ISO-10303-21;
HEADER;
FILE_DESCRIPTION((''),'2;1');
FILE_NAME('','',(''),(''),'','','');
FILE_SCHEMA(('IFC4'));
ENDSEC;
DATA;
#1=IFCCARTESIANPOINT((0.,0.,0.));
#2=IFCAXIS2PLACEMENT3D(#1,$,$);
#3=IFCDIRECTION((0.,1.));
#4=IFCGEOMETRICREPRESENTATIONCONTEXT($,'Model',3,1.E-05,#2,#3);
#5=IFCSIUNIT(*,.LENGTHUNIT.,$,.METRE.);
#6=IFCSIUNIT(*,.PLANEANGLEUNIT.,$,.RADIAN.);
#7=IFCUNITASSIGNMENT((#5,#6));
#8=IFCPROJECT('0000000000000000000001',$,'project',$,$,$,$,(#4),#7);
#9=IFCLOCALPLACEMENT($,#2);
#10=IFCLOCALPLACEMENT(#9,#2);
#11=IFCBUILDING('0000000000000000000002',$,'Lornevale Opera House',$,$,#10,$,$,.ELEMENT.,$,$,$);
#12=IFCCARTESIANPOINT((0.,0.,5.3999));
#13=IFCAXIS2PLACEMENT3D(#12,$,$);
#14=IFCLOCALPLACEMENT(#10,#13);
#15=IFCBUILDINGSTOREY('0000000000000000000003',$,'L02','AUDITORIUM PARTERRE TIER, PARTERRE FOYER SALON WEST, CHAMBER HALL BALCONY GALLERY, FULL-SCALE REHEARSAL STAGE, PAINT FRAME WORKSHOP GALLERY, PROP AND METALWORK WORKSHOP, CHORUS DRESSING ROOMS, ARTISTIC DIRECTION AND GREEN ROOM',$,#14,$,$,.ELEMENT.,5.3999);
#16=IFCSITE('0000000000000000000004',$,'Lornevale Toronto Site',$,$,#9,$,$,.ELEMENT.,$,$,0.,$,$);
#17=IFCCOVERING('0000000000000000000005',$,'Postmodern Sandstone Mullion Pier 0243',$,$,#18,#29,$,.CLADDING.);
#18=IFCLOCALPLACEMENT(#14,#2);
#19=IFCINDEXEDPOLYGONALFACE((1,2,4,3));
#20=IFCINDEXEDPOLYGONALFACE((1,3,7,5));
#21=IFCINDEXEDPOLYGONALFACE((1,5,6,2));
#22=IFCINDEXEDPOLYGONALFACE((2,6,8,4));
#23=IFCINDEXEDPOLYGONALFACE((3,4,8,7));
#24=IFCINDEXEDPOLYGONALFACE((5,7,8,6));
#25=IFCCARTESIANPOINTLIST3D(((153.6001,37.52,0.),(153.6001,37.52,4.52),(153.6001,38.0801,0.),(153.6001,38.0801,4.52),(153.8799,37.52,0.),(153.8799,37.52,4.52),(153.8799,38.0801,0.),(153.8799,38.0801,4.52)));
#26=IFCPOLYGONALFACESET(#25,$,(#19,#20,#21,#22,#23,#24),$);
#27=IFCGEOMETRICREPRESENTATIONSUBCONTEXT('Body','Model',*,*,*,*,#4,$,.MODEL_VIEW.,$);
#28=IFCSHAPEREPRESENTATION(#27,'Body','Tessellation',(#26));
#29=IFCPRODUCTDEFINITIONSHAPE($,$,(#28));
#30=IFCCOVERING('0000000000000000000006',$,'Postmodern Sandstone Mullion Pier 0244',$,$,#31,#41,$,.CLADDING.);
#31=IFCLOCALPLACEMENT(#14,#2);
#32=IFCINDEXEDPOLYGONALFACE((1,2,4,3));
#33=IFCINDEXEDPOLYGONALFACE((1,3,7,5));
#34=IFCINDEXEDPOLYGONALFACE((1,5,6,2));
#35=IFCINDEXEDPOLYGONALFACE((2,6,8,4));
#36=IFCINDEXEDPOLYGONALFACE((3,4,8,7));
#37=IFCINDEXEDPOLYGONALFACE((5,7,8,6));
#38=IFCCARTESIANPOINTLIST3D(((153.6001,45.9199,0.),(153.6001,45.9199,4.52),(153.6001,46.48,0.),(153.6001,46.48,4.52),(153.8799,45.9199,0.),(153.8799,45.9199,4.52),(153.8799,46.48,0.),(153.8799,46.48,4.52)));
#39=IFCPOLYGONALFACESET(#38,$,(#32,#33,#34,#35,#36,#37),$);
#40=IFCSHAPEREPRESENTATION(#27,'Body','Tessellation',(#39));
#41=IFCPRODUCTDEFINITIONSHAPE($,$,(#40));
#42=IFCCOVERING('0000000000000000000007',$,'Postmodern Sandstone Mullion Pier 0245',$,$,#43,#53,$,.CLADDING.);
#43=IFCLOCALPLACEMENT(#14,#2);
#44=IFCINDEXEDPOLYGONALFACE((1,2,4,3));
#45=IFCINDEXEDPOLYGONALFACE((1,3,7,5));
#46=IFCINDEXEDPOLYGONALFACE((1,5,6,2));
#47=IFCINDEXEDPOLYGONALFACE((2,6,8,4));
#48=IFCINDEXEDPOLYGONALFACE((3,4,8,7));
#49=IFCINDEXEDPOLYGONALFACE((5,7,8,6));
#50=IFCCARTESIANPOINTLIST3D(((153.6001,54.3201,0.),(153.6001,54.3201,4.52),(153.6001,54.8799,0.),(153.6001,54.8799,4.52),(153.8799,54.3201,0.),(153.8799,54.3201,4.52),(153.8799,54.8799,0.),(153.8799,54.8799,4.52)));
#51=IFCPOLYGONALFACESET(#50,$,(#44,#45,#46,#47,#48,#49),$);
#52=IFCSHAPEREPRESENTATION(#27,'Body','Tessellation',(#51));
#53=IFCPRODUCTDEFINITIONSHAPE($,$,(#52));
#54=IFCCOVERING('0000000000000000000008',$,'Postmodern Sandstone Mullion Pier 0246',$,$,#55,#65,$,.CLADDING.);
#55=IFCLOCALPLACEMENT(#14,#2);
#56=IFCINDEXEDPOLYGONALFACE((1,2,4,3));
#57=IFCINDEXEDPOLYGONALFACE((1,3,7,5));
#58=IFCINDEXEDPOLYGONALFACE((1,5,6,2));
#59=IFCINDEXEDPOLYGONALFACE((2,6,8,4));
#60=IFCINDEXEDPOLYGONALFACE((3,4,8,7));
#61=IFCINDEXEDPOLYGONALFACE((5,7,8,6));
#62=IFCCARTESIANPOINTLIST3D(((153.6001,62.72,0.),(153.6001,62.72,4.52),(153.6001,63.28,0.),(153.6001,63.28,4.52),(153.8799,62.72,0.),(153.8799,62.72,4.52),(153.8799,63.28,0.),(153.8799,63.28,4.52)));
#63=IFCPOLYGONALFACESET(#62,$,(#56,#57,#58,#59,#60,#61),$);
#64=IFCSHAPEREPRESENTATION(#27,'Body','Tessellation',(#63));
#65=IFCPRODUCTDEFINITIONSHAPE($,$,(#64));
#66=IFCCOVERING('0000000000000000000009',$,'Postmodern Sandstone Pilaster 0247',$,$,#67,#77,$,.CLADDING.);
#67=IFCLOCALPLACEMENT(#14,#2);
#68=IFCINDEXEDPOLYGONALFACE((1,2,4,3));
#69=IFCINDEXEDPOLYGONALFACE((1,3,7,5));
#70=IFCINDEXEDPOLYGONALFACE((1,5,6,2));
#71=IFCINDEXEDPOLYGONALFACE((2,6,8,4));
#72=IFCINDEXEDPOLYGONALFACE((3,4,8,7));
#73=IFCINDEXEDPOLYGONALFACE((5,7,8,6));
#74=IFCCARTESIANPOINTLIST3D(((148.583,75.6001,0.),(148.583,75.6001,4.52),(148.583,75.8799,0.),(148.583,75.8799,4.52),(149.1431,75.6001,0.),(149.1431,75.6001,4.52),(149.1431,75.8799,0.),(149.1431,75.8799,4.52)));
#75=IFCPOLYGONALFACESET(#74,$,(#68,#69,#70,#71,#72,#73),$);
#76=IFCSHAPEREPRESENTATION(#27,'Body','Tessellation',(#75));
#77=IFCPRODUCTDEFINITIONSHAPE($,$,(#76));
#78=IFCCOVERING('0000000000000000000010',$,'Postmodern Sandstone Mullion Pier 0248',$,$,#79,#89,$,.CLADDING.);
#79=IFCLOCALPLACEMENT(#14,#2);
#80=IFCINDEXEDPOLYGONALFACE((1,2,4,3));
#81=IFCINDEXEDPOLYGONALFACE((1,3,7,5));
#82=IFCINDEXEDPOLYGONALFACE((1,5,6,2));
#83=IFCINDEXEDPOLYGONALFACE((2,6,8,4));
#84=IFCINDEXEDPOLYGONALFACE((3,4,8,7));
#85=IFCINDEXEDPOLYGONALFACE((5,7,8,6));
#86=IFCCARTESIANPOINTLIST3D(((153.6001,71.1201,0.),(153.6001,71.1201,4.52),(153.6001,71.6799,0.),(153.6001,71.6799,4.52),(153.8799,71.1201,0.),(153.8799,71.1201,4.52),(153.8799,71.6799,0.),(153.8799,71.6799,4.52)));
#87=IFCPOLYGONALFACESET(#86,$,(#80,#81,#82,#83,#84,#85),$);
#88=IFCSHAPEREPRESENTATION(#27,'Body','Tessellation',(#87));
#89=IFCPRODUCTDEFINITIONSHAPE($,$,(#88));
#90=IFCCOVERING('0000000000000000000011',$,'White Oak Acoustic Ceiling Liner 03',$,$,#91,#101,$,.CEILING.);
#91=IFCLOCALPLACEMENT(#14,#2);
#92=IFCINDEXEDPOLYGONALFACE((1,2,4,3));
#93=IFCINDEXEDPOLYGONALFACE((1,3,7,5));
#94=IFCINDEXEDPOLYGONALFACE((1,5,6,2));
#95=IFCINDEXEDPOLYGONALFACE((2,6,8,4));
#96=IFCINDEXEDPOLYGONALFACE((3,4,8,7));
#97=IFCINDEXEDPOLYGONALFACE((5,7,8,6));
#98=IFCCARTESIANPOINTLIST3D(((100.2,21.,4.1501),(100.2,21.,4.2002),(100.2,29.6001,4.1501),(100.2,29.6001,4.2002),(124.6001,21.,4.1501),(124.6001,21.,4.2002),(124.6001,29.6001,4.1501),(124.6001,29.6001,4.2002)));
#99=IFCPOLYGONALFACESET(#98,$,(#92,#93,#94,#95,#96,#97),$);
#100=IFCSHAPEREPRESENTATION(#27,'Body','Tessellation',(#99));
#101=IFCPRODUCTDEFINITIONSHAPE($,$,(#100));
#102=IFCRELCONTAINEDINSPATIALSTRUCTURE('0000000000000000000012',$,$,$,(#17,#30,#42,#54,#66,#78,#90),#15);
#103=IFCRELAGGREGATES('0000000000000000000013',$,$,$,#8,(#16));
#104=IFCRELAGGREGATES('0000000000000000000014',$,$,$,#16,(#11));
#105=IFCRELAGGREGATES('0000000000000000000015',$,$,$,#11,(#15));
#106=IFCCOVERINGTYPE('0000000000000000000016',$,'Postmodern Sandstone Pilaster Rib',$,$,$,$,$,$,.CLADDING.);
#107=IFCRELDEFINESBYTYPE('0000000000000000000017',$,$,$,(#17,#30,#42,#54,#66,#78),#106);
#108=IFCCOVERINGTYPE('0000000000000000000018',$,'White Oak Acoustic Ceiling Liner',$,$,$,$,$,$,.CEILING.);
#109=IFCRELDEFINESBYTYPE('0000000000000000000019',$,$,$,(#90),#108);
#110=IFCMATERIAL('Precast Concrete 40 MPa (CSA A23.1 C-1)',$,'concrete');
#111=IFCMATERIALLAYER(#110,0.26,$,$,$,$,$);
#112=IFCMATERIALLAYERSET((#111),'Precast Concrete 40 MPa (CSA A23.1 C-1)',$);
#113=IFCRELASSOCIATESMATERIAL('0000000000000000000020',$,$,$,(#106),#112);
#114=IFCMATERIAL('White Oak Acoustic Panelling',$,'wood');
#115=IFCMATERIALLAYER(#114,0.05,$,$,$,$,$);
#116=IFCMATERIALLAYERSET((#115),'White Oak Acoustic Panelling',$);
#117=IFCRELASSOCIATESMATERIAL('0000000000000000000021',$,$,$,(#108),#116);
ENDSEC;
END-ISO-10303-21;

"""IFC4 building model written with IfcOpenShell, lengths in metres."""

from ifc_helpers import new_model, si_unit, direction, frame, origin, place, context, subcontext, project, spatial, polyline, outline, extrude, material, layer, layer_set, type_object, element, save


model = new_model("IFC4")

# Units and contexts
model_context = context("Model", 3, precision=1e-05, world=origin(), true_north=direction((0.0, 1.0)))
body_context = subcontext(model_context, "Body", "Model", "MODEL_VIEW")
ifc_project = project(units=[si_unit("LENGTHUNIT", "METRE"), si_unit("PLANEANGLEUNIT", "RADIAN")], contexts=[model_context])

# Site, building, storey
site_placement = place(None, origin())
site = spatial("IfcSite", under=ifc_project, at=site_placement, Name="Lornevale Toronto Site", CompositionType="ELEMENT", RefElevation=0.0)
building_placement = place(site_placement, origin())
building = spatial("IfcBuilding", under=site, at=building_placement, Name="Lornevale Opera House", CompositionType="ELEMENT")
storey_placement = place(building_placement, frame((0.0, 0.0, 5.3999)))
storey = spatial("IfcBuildingStorey", under=building, at=storey_placement, Name="L02", Description="AUDITORIUM PARTERRE TIER, PARTERRE FOYER SALON WEST, CHAMBER HALL BALCONY GALLERY, FULL-SCALE REHEARSAL STAGE, PAINT FRAME WORKSHOP GALLERY, PROP AND METALWORK WORKSHOP, CHORUS DRESSING ROOMS, ARTISTIC DIRECTION AND GREEN ROOM", CompositionType="ELEMENT", Elevation=5.3999)

# Coverings
ifc_material_1 = material(Name="Precast Concrete 40 MPa (CSA A23.1 C-1)", Category="concrete")
ifc_layer_1 = layer(ifc_material_1, 0.26)
ifc_layer_set_1 = layer_set([ifc_layer_1], Name="Precast Concrete 40 MPa (CSA A23.1 C-1)")
covering_type_1 = type_object("IfcCoveringType", Name="Postmodern Sandstone Pilaster Rib", PredefinedType="CLADDING", material=ifc_layer_set_1)
covering_1_placement = place(storey_placement, origin())
element("IfcCovering", 1, at=covering_1_placement, inside=storey, type_object=covering_type_1, Name="Postmodern Sandstone Mullion Pier 0243", PredefinedType="CLADDING", context=body_context, shape_type="SweptSolid", body=[
    extrude(outline(polyline([(153.6001, 38.0801), (153.6001, 37.52), (153.8799, 37.52), (153.8799, 38.0801), (153.6001, 38.0801)])), origin(), (0.0, 0.0, 1.0), 4.52),
])
covering_2_placement = place(storey_placement, origin())
element("IfcCovering", 2, at=covering_2_placement, inside=storey, type_object=covering_type_1, Name="Postmodern Sandstone Mullion Pier 0244", PredefinedType="CLADDING", context=body_context, shape_type="SweptSolid", body=[
    extrude(outline(polyline([(153.6001, 46.48), (153.6001, 45.9199), (153.8799, 45.9199), (153.8799, 46.48), (153.6001, 46.48)])), origin(), (0.0, 0.0, 1.0), 4.52),
])
covering_3_placement = place(storey_placement, origin())
element("IfcCovering", 3, at=covering_3_placement, inside=storey, type_object=covering_type_1, Name="Postmodern Sandstone Mullion Pier 0245", PredefinedType="CLADDING", context=body_context, shape_type="SweptSolid", body=[
    extrude(outline(polyline([(153.6001, 54.8799), (153.6001, 54.3201), (153.8799, 54.3201), (153.8799, 54.8799), (153.6001, 54.8799)])), origin(), (0.0, 0.0, 1.0), 4.52),
])
covering_4_placement = place(storey_placement, origin())
element("IfcCovering", 4, at=covering_4_placement, inside=storey, type_object=covering_type_1, Name="Postmodern Sandstone Mullion Pier 0246", PredefinedType="CLADDING", context=body_context, shape_type="SweptSolid", body=[
    extrude(outline(polyline([(153.6001, 63.28), (153.6001, 62.72), (153.8799, 62.72), (153.8799, 63.28), (153.6001, 63.28)])), origin(), (0.0, 0.0, 1.0), 4.52),
])
covering_5_placement = place(storey_placement, origin())
element("IfcCovering", 5, at=covering_5_placement, inside=storey, type_object=covering_type_1, Name="Postmodern Sandstone Pilaster 0247", PredefinedType="CLADDING", context=body_context, shape_type="SweptSolid", body=[
    extrude(outline(polyline([(148.583, 75.6001), (149.1431, 75.6001), (149.1431, 75.8799), (148.583, 75.8799), (148.583, 75.6001)])), origin(), (0.0, 0.0, 1.0), 4.52),
])
covering_6_placement = place(storey_placement, origin())
element("IfcCovering", 6, at=covering_6_placement, inside=storey, type_object=covering_type_1, Name="Postmodern Sandstone Mullion Pier 0248", PredefinedType="CLADDING", context=body_context, shape_type="SweptSolid", body=[
    extrude(outline(polyline([(153.6001, 71.6799), (153.6001, 71.1201), (153.8799, 71.1201), (153.8799, 71.6799), (153.6001, 71.6799)])), origin(), (0.0, 0.0, 1.0), 4.52),
])
ifc_material_2 = material(Name="White Oak Acoustic Panelling", Category="wood")
ifc_layer_2 = layer(ifc_material_2, 0.05)
ifc_layer_set_2 = layer_set([ifc_layer_2], Name="White Oak Acoustic Panelling")
covering_type_2 = type_object("IfcCoveringType", Name="White Oak Acoustic Ceiling Liner", PredefinedType="CEILING", material=ifc_layer_set_2)
covering_7_placement = place(storey_placement, frame((0.0, 0.0, 4.1501)))
element("IfcCovering", 7, at=covering_7_placement, inside=storey, type_object=covering_type_2, Name="White Oak Acoustic Ceiling Liner 03", PredefinedType="CEILING", context=body_context, shape_type="SweptSolid", body=[
    extrude(outline(polyline([(100.2, 21.0), (124.6001, 21.0), (124.6001, 29.6001), (100.2, 29.6001), (100.2, 21.0)])), origin(), (0.0, 0.0, 1.0), 0.05),
])

save(model, "model.ifc")
